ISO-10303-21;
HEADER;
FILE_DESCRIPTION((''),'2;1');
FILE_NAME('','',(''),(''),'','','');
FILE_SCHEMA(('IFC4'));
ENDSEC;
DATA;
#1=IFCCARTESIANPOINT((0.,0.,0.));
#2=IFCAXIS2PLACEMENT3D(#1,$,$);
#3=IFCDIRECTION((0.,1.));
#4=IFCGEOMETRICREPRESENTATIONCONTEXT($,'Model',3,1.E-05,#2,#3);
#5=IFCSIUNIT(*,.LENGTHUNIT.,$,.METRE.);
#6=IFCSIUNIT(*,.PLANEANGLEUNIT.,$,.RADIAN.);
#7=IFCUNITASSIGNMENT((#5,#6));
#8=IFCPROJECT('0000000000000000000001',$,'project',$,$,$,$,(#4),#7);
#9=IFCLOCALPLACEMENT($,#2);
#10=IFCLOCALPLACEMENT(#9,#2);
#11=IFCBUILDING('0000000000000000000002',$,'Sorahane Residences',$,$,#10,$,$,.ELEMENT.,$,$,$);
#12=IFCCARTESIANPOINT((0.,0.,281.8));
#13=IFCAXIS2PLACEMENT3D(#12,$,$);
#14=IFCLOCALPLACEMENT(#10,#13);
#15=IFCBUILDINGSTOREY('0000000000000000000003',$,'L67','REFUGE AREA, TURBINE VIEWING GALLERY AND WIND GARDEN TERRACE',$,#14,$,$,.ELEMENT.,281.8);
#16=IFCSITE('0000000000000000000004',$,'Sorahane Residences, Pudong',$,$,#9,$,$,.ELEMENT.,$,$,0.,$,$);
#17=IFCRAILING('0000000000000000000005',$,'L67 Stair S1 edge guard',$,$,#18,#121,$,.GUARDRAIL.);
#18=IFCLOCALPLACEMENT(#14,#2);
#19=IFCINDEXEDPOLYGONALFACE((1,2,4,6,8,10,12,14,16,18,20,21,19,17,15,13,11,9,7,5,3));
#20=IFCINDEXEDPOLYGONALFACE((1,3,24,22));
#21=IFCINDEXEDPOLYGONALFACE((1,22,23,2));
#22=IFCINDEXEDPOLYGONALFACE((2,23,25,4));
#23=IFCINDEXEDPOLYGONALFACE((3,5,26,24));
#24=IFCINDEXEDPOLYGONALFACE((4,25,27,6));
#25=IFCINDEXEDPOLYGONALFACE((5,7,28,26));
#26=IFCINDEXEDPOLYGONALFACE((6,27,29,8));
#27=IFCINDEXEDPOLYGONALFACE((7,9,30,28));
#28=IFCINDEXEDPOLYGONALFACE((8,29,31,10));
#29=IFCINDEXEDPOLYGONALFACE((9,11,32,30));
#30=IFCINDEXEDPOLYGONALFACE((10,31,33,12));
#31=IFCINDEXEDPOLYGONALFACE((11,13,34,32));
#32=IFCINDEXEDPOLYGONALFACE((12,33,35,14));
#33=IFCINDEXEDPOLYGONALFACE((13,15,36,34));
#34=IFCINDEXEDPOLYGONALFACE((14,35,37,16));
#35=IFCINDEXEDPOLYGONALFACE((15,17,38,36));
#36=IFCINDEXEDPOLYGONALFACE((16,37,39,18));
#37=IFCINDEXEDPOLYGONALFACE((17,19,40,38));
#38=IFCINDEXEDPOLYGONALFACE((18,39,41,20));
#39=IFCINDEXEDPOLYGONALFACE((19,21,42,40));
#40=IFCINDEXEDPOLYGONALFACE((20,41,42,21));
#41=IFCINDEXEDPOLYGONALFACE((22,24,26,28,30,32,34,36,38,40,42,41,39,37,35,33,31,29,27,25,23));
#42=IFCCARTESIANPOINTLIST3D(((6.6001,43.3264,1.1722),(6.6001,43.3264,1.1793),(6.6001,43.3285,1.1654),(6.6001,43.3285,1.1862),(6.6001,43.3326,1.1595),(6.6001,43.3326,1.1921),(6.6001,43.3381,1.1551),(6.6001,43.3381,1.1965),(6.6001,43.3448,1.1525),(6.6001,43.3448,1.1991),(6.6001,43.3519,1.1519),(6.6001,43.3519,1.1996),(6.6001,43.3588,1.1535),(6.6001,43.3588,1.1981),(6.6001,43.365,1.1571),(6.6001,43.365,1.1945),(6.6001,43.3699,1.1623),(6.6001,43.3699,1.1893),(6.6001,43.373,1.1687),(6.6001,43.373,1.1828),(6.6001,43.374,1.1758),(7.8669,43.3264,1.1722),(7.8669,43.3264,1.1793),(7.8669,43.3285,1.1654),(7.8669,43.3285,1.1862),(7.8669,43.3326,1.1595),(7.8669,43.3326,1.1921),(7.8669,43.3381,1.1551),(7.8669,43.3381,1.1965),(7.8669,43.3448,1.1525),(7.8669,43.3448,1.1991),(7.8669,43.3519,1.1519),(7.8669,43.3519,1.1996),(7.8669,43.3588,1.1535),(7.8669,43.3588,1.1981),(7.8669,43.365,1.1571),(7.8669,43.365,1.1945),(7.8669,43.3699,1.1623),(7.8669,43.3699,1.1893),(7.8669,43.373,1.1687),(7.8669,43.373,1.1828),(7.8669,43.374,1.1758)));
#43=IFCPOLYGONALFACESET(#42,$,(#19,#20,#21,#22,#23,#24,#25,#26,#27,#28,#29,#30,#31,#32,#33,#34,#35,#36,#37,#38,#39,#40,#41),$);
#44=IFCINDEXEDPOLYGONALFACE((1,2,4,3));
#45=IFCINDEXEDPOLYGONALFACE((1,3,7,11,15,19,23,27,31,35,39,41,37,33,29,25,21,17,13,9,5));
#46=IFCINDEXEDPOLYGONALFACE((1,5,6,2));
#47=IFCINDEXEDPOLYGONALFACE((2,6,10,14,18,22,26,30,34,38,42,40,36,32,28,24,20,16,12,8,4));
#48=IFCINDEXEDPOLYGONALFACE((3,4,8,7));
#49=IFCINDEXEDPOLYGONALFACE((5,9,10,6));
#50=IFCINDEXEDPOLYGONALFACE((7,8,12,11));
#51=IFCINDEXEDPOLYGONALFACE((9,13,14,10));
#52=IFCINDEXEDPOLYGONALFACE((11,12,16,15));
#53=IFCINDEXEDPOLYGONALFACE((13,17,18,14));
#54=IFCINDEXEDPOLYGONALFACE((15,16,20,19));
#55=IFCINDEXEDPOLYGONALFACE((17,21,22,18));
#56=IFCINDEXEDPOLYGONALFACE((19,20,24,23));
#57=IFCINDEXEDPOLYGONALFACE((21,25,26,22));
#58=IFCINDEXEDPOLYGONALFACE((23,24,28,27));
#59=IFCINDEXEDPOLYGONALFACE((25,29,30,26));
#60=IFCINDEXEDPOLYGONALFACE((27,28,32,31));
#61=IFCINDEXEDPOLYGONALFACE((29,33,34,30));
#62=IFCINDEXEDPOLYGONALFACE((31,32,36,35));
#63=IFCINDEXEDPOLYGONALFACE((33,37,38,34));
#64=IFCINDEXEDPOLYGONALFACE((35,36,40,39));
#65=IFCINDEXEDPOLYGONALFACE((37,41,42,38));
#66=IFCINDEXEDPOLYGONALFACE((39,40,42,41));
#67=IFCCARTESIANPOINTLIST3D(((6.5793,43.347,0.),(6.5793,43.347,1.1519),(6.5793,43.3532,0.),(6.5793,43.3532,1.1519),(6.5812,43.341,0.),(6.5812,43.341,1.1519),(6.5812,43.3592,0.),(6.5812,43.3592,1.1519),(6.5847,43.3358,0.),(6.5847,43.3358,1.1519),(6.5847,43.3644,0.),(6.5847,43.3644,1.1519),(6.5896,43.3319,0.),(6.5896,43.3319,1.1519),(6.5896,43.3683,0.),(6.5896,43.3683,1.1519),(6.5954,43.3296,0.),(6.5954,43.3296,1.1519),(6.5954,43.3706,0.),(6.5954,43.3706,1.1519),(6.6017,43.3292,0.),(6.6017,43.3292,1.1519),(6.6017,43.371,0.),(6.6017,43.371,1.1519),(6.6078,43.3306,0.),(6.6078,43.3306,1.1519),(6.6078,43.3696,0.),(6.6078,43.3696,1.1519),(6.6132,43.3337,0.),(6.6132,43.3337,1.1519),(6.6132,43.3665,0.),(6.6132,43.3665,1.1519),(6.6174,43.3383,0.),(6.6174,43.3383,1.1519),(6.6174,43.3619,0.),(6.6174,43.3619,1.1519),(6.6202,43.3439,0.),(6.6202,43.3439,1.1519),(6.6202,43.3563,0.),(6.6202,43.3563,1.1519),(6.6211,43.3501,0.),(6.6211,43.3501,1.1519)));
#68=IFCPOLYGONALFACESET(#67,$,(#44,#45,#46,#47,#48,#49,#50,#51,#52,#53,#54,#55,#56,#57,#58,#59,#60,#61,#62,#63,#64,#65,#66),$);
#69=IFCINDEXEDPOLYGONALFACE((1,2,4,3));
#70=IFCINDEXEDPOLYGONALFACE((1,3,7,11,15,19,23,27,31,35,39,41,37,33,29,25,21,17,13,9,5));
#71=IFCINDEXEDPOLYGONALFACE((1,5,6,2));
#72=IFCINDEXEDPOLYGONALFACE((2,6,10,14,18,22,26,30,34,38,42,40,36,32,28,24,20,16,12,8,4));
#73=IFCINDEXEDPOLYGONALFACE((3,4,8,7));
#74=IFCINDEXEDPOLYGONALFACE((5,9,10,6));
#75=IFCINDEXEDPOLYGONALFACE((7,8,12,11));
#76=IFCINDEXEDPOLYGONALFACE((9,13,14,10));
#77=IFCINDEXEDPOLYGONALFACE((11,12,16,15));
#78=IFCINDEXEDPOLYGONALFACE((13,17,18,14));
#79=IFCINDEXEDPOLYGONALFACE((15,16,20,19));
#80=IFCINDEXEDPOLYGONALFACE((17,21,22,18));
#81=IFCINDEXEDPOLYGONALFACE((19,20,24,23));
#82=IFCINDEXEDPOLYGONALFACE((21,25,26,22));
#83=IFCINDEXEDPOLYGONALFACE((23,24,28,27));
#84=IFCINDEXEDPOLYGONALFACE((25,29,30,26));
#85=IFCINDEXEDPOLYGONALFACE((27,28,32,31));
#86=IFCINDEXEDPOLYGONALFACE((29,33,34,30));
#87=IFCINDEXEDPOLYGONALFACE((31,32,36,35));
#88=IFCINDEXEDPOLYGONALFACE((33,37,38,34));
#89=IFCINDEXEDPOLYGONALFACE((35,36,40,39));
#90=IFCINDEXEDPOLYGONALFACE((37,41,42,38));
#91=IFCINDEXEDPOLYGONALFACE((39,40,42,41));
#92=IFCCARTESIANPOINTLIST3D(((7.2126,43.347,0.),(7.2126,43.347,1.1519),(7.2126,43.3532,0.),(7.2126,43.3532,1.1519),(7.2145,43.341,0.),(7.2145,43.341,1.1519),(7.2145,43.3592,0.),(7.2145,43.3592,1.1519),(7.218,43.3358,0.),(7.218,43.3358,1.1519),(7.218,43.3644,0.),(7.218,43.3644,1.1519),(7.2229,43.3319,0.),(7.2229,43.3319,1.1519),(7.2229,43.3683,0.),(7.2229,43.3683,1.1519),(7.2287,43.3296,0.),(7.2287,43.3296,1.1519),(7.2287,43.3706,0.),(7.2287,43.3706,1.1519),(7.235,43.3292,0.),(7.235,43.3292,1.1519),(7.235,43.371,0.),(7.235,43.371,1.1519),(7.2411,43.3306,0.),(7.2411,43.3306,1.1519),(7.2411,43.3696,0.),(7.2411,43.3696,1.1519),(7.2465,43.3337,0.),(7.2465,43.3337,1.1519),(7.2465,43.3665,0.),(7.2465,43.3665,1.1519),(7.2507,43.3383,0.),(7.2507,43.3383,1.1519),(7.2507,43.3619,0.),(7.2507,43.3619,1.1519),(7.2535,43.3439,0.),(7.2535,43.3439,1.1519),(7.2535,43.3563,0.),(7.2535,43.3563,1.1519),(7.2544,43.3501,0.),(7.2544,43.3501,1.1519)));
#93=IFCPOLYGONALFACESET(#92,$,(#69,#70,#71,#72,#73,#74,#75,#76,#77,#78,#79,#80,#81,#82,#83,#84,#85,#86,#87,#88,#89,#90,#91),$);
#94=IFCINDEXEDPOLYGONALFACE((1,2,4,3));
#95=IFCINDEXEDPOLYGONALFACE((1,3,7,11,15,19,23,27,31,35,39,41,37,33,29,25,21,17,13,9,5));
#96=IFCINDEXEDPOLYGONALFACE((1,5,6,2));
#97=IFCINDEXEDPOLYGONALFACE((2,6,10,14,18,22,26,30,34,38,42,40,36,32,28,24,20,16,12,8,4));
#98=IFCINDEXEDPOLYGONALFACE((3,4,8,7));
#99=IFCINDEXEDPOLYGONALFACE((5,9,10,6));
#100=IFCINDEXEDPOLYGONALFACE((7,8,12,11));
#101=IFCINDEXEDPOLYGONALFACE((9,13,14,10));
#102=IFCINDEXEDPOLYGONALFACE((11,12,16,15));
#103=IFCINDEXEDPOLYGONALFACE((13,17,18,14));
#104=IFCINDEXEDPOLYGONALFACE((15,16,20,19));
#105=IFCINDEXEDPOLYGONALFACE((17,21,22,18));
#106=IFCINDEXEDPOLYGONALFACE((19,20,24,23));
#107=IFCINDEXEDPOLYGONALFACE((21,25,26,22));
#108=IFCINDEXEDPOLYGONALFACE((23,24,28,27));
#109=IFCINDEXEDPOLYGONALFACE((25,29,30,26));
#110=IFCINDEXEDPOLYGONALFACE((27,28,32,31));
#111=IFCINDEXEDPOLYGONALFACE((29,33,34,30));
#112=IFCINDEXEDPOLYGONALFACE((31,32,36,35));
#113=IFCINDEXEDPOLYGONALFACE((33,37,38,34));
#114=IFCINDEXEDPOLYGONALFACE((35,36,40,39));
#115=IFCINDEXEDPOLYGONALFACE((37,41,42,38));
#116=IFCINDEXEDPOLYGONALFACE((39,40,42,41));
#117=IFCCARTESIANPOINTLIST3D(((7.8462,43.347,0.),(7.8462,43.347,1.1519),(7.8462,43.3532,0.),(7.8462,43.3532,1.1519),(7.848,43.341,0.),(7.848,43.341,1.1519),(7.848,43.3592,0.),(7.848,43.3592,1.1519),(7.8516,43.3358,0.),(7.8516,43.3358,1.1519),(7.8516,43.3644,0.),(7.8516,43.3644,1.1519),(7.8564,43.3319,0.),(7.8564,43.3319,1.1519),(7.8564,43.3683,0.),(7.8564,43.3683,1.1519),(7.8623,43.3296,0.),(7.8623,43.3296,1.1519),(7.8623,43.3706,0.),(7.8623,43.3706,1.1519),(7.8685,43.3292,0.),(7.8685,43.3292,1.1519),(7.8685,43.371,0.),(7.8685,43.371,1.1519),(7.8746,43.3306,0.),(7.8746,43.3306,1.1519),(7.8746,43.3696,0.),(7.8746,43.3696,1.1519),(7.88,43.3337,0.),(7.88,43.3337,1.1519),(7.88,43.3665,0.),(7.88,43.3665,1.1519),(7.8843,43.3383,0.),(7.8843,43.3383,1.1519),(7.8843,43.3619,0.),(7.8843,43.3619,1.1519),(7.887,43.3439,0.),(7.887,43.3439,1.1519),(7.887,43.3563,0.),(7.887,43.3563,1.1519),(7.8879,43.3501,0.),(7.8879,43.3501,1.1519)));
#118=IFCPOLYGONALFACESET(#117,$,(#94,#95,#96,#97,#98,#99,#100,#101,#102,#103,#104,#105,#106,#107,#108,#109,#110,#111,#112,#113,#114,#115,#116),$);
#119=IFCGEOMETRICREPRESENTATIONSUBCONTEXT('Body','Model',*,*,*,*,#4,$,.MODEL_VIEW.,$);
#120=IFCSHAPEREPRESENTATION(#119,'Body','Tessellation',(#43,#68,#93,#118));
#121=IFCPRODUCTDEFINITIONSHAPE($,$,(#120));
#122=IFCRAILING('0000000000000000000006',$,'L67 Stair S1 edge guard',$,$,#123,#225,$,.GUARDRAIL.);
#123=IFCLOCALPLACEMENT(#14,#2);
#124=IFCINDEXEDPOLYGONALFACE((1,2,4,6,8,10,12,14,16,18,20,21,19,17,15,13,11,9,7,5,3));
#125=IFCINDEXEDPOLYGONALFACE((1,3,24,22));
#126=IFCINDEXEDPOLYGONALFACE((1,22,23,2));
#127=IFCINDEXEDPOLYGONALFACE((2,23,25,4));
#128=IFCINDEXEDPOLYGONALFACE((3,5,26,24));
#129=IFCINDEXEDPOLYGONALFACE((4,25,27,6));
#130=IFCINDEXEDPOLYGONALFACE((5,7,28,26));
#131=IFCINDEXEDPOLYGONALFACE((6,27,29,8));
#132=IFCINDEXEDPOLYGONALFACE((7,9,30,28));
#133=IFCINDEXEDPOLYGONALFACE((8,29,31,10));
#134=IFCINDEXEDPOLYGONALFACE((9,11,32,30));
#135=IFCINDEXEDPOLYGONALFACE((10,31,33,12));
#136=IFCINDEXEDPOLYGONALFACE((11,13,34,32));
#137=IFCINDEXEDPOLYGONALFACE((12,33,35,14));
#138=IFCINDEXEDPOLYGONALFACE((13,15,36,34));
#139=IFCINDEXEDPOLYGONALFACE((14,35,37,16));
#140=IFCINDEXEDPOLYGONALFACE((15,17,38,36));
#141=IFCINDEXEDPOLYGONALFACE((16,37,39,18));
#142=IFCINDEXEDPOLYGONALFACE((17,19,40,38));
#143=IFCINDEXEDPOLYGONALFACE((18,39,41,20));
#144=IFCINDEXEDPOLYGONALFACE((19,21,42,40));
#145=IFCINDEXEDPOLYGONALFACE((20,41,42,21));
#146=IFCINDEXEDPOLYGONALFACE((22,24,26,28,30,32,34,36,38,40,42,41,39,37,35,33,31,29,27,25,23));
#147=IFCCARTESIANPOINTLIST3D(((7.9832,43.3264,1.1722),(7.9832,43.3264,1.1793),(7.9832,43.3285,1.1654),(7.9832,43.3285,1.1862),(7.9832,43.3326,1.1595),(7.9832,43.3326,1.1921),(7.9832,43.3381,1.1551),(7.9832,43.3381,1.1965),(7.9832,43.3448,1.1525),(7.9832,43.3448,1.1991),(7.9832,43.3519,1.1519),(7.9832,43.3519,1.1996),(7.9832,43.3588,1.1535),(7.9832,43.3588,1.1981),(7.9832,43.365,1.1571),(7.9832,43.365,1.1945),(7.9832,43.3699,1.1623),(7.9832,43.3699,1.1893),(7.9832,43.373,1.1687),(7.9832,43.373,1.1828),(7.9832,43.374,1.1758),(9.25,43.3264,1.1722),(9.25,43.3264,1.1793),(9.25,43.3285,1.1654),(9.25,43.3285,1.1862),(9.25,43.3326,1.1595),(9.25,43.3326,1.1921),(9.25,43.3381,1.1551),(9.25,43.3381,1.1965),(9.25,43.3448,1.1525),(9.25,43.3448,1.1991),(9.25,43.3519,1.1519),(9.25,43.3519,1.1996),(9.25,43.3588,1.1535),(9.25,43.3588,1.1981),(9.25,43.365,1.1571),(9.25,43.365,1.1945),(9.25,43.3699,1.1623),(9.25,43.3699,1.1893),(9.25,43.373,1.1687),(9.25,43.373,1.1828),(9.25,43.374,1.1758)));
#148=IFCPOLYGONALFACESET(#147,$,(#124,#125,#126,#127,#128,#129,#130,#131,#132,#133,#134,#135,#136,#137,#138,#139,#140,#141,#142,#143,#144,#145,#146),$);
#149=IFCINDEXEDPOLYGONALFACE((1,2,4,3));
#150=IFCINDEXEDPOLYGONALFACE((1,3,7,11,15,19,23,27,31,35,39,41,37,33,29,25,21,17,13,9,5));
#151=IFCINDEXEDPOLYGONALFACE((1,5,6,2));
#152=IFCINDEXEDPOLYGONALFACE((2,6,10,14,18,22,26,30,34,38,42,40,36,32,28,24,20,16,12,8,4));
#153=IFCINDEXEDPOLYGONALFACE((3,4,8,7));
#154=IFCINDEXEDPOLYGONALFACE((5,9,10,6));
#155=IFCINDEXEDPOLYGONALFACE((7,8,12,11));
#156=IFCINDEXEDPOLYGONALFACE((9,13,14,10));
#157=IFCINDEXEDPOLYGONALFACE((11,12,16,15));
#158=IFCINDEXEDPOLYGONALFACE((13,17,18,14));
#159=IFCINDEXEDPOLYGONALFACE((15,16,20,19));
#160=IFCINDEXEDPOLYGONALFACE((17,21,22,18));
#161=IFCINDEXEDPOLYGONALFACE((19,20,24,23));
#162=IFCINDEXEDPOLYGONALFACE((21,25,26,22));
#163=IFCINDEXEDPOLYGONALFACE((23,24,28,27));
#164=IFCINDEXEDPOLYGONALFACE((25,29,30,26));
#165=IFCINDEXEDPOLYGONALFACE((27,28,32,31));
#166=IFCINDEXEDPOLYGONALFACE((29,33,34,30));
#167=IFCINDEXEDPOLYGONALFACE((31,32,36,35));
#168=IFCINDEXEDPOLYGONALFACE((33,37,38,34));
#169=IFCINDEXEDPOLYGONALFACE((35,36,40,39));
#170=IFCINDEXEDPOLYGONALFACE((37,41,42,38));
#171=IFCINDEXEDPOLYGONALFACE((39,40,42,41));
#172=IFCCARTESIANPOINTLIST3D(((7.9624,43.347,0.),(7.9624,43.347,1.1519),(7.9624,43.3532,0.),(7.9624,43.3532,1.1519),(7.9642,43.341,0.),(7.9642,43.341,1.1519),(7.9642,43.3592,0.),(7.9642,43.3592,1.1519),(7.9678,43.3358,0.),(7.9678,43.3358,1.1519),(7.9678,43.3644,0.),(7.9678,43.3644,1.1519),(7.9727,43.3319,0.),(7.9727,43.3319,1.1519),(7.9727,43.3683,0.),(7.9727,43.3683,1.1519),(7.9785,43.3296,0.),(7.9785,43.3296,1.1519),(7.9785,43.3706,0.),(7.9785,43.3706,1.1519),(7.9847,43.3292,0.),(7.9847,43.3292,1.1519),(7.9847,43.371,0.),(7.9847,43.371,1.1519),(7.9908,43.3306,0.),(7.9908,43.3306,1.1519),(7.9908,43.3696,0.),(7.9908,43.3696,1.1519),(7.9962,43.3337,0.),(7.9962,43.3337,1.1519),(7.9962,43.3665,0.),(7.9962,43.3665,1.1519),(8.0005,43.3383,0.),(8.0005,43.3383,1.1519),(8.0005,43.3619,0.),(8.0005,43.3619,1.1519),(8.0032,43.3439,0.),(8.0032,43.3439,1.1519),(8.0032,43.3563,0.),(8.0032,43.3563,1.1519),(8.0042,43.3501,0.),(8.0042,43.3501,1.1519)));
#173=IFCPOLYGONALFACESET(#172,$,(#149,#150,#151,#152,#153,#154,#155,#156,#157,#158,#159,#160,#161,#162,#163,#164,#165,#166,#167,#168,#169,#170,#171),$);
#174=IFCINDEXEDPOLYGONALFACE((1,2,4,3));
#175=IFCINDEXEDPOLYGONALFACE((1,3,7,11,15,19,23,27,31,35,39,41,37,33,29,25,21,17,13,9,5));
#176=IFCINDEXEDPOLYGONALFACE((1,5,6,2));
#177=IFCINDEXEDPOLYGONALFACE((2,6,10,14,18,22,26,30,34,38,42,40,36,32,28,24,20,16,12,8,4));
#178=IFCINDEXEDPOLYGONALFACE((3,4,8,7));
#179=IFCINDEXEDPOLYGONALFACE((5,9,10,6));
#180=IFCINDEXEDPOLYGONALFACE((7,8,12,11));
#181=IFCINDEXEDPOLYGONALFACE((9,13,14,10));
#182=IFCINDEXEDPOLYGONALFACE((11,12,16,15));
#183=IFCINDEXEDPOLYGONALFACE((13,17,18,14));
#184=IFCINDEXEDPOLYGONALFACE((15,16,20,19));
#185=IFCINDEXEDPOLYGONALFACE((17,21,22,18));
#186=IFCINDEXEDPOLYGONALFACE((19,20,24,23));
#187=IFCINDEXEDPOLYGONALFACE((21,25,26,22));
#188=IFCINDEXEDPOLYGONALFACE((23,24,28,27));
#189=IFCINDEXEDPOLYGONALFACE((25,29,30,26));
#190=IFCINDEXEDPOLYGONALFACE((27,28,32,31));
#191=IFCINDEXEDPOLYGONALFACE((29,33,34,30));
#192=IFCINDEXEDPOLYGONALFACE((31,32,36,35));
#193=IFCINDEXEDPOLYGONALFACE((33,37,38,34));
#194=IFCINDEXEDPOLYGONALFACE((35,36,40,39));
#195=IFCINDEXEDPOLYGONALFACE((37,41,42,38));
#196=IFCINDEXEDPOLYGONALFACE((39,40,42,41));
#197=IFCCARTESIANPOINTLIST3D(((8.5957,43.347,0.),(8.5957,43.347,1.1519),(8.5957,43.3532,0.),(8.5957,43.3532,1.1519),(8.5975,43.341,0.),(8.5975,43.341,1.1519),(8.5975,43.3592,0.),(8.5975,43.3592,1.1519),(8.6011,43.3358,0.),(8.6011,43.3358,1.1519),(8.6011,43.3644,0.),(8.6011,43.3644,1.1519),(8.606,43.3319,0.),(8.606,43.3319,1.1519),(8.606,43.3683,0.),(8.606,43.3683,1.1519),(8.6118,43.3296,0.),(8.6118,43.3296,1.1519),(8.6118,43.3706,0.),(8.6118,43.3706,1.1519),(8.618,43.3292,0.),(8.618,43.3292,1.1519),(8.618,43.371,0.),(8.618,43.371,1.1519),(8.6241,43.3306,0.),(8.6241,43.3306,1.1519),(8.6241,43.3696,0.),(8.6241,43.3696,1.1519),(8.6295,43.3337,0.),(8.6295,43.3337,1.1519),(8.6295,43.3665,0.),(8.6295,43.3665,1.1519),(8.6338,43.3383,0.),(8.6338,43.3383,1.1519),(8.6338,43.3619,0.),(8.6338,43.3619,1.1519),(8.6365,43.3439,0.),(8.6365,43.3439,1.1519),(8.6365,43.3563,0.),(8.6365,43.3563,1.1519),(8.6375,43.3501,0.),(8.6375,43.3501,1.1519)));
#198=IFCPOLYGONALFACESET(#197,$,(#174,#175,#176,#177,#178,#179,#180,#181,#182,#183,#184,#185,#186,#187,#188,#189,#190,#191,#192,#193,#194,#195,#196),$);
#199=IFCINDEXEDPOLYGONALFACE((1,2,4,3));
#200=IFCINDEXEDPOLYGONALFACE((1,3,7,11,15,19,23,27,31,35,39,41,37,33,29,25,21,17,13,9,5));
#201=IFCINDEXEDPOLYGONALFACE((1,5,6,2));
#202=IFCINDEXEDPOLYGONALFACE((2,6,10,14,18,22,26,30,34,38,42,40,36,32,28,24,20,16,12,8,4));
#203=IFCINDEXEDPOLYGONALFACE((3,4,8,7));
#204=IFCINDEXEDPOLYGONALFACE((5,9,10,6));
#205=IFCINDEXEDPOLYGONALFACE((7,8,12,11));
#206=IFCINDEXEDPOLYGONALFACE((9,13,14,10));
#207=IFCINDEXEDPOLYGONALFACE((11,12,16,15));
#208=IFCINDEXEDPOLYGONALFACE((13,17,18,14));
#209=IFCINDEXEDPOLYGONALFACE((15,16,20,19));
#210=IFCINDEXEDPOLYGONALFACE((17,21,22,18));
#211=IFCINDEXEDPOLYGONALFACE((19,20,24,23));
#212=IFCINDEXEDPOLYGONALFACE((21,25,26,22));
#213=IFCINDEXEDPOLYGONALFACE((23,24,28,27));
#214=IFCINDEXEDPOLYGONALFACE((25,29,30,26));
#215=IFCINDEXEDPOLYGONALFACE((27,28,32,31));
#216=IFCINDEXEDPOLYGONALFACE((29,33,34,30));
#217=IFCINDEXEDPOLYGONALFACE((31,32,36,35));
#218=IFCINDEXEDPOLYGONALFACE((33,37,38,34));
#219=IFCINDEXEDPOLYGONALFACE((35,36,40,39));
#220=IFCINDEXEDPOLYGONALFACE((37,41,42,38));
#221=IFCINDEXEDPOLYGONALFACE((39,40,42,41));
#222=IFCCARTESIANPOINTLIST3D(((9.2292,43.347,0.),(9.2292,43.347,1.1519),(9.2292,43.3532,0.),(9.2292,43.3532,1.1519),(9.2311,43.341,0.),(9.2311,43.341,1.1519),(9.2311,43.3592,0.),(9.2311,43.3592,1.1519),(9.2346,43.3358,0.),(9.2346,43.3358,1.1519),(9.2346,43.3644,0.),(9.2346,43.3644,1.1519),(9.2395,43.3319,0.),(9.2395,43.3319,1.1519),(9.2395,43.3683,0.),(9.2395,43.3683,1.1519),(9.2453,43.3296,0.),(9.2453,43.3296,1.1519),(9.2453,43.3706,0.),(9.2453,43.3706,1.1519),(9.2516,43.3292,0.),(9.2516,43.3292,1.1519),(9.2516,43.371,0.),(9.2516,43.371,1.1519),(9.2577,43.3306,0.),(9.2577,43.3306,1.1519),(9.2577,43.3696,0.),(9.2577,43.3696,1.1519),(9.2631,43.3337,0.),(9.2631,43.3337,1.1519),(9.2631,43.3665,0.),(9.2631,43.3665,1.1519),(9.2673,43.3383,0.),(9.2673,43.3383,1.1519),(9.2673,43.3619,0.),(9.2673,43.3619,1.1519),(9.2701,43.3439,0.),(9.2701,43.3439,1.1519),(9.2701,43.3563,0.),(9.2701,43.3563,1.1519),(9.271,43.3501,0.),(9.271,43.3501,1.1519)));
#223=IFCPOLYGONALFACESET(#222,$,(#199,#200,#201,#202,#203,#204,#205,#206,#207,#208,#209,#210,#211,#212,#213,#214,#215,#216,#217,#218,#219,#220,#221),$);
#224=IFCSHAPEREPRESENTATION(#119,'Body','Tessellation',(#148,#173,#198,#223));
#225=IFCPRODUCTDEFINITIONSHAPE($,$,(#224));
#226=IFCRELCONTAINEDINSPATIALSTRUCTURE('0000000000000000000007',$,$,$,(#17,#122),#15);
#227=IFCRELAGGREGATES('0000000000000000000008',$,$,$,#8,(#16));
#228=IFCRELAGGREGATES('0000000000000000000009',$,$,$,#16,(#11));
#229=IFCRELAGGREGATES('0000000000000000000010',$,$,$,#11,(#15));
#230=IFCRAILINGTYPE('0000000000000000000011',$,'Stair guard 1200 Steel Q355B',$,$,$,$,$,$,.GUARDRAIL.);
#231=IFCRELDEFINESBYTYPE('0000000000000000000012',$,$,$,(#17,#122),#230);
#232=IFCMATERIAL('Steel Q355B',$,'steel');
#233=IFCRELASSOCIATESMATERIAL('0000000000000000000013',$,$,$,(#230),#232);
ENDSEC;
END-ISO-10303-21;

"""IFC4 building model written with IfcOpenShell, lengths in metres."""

from ifc_helpers import new_model, si_unit, direction, frame, origin, origin_2d, place, context, subcontext, project, spatial, circle, extrude, material, type_object, element, save


model = new_model("IFC4")

# Units and contexts
model_context = context("Model", 3, precision=1e-05, world=origin(), true_north=direction((0.0, 1.0)))
body_context = subcontext(model_context, "Body", "Model", "MODEL_VIEW")
ifc_project = project(units=[si_unit("LENGTHUNIT", "METRE"), si_unit("PLANEANGLEUNIT", "RADIAN")], contexts=[model_context])

# Site, building, storey
site_placement = place(None, origin())
site = spatial("IfcSite", under=ifc_project, at=site_placement, Name="Sorahane Residences, Pudong", CompositionType="ELEMENT", RefElevation=0.0)
building_placement = place(site_placement, origin())
building = spatial("IfcBuilding", under=site, at=building_placement, Name="Sorahane Residences", CompositionType="ELEMENT")
storey_placement = place(building_placement, frame((0.0, 0.0, 281.8)))
storey = spatial("IfcBuildingStorey", under=building, at=storey_placement, Name="L67", Description="REFUGE AREA, TURBINE VIEWING GALLERY AND WIND GARDEN TERRACE", CompositionType="ELEMENT", Elevation=281.8)

# Railings
ifc_material_1 = material(Name="Steel Q355B", Category="steel")
railing_type_1 = type_object("IfcRailingType", Name="Stair guard 1200 Steel Q355B", PredefinedType="GUARDRAIL", material=ifc_material_1)
for number, where, name in (
    (1, (6.6001, 43.3501, 0.0), "L67 Stair S1 edge guard"),
    (2, (7.9832, 43.3501, 0.0), "L67 Stair S1 edge guard"),
):
    element("IfcRailing", number, at=place(storey_placement, frame(where)), inside=storey, type_object=railing_type_1, Name=name, PredefinedType="GUARDRAIL", context=body_context, shape_type="SweptSolid", body=[
        extrude(circle(Radius=0.0239, at=origin_2d()), frame((0.0, 0.0, 1.1758), z_axis=(1.0, 0.0, 0.0), x_axis=(0.0, 1.0, 0.0)), (0.0, 0.0, 1.0), 1.2668),
        extrude(circle(Radius=0.021, at=origin_2d()), origin(), (0.0, 0.0, 1.0), 1.1519),
        extrude(circle(Radius=0.021, at=origin_2d()), frame((0.6333, 0.0, 0.0)), (0.0, 0.0, 1.0), 1.1519),
        extrude(circle(Radius=0.021, at=origin_2d()), frame((1.2668, 0.0, 0.0)), (0.0, 0.0, 1.0), 1.1519),
    ])

save(model, "model.ifc")
